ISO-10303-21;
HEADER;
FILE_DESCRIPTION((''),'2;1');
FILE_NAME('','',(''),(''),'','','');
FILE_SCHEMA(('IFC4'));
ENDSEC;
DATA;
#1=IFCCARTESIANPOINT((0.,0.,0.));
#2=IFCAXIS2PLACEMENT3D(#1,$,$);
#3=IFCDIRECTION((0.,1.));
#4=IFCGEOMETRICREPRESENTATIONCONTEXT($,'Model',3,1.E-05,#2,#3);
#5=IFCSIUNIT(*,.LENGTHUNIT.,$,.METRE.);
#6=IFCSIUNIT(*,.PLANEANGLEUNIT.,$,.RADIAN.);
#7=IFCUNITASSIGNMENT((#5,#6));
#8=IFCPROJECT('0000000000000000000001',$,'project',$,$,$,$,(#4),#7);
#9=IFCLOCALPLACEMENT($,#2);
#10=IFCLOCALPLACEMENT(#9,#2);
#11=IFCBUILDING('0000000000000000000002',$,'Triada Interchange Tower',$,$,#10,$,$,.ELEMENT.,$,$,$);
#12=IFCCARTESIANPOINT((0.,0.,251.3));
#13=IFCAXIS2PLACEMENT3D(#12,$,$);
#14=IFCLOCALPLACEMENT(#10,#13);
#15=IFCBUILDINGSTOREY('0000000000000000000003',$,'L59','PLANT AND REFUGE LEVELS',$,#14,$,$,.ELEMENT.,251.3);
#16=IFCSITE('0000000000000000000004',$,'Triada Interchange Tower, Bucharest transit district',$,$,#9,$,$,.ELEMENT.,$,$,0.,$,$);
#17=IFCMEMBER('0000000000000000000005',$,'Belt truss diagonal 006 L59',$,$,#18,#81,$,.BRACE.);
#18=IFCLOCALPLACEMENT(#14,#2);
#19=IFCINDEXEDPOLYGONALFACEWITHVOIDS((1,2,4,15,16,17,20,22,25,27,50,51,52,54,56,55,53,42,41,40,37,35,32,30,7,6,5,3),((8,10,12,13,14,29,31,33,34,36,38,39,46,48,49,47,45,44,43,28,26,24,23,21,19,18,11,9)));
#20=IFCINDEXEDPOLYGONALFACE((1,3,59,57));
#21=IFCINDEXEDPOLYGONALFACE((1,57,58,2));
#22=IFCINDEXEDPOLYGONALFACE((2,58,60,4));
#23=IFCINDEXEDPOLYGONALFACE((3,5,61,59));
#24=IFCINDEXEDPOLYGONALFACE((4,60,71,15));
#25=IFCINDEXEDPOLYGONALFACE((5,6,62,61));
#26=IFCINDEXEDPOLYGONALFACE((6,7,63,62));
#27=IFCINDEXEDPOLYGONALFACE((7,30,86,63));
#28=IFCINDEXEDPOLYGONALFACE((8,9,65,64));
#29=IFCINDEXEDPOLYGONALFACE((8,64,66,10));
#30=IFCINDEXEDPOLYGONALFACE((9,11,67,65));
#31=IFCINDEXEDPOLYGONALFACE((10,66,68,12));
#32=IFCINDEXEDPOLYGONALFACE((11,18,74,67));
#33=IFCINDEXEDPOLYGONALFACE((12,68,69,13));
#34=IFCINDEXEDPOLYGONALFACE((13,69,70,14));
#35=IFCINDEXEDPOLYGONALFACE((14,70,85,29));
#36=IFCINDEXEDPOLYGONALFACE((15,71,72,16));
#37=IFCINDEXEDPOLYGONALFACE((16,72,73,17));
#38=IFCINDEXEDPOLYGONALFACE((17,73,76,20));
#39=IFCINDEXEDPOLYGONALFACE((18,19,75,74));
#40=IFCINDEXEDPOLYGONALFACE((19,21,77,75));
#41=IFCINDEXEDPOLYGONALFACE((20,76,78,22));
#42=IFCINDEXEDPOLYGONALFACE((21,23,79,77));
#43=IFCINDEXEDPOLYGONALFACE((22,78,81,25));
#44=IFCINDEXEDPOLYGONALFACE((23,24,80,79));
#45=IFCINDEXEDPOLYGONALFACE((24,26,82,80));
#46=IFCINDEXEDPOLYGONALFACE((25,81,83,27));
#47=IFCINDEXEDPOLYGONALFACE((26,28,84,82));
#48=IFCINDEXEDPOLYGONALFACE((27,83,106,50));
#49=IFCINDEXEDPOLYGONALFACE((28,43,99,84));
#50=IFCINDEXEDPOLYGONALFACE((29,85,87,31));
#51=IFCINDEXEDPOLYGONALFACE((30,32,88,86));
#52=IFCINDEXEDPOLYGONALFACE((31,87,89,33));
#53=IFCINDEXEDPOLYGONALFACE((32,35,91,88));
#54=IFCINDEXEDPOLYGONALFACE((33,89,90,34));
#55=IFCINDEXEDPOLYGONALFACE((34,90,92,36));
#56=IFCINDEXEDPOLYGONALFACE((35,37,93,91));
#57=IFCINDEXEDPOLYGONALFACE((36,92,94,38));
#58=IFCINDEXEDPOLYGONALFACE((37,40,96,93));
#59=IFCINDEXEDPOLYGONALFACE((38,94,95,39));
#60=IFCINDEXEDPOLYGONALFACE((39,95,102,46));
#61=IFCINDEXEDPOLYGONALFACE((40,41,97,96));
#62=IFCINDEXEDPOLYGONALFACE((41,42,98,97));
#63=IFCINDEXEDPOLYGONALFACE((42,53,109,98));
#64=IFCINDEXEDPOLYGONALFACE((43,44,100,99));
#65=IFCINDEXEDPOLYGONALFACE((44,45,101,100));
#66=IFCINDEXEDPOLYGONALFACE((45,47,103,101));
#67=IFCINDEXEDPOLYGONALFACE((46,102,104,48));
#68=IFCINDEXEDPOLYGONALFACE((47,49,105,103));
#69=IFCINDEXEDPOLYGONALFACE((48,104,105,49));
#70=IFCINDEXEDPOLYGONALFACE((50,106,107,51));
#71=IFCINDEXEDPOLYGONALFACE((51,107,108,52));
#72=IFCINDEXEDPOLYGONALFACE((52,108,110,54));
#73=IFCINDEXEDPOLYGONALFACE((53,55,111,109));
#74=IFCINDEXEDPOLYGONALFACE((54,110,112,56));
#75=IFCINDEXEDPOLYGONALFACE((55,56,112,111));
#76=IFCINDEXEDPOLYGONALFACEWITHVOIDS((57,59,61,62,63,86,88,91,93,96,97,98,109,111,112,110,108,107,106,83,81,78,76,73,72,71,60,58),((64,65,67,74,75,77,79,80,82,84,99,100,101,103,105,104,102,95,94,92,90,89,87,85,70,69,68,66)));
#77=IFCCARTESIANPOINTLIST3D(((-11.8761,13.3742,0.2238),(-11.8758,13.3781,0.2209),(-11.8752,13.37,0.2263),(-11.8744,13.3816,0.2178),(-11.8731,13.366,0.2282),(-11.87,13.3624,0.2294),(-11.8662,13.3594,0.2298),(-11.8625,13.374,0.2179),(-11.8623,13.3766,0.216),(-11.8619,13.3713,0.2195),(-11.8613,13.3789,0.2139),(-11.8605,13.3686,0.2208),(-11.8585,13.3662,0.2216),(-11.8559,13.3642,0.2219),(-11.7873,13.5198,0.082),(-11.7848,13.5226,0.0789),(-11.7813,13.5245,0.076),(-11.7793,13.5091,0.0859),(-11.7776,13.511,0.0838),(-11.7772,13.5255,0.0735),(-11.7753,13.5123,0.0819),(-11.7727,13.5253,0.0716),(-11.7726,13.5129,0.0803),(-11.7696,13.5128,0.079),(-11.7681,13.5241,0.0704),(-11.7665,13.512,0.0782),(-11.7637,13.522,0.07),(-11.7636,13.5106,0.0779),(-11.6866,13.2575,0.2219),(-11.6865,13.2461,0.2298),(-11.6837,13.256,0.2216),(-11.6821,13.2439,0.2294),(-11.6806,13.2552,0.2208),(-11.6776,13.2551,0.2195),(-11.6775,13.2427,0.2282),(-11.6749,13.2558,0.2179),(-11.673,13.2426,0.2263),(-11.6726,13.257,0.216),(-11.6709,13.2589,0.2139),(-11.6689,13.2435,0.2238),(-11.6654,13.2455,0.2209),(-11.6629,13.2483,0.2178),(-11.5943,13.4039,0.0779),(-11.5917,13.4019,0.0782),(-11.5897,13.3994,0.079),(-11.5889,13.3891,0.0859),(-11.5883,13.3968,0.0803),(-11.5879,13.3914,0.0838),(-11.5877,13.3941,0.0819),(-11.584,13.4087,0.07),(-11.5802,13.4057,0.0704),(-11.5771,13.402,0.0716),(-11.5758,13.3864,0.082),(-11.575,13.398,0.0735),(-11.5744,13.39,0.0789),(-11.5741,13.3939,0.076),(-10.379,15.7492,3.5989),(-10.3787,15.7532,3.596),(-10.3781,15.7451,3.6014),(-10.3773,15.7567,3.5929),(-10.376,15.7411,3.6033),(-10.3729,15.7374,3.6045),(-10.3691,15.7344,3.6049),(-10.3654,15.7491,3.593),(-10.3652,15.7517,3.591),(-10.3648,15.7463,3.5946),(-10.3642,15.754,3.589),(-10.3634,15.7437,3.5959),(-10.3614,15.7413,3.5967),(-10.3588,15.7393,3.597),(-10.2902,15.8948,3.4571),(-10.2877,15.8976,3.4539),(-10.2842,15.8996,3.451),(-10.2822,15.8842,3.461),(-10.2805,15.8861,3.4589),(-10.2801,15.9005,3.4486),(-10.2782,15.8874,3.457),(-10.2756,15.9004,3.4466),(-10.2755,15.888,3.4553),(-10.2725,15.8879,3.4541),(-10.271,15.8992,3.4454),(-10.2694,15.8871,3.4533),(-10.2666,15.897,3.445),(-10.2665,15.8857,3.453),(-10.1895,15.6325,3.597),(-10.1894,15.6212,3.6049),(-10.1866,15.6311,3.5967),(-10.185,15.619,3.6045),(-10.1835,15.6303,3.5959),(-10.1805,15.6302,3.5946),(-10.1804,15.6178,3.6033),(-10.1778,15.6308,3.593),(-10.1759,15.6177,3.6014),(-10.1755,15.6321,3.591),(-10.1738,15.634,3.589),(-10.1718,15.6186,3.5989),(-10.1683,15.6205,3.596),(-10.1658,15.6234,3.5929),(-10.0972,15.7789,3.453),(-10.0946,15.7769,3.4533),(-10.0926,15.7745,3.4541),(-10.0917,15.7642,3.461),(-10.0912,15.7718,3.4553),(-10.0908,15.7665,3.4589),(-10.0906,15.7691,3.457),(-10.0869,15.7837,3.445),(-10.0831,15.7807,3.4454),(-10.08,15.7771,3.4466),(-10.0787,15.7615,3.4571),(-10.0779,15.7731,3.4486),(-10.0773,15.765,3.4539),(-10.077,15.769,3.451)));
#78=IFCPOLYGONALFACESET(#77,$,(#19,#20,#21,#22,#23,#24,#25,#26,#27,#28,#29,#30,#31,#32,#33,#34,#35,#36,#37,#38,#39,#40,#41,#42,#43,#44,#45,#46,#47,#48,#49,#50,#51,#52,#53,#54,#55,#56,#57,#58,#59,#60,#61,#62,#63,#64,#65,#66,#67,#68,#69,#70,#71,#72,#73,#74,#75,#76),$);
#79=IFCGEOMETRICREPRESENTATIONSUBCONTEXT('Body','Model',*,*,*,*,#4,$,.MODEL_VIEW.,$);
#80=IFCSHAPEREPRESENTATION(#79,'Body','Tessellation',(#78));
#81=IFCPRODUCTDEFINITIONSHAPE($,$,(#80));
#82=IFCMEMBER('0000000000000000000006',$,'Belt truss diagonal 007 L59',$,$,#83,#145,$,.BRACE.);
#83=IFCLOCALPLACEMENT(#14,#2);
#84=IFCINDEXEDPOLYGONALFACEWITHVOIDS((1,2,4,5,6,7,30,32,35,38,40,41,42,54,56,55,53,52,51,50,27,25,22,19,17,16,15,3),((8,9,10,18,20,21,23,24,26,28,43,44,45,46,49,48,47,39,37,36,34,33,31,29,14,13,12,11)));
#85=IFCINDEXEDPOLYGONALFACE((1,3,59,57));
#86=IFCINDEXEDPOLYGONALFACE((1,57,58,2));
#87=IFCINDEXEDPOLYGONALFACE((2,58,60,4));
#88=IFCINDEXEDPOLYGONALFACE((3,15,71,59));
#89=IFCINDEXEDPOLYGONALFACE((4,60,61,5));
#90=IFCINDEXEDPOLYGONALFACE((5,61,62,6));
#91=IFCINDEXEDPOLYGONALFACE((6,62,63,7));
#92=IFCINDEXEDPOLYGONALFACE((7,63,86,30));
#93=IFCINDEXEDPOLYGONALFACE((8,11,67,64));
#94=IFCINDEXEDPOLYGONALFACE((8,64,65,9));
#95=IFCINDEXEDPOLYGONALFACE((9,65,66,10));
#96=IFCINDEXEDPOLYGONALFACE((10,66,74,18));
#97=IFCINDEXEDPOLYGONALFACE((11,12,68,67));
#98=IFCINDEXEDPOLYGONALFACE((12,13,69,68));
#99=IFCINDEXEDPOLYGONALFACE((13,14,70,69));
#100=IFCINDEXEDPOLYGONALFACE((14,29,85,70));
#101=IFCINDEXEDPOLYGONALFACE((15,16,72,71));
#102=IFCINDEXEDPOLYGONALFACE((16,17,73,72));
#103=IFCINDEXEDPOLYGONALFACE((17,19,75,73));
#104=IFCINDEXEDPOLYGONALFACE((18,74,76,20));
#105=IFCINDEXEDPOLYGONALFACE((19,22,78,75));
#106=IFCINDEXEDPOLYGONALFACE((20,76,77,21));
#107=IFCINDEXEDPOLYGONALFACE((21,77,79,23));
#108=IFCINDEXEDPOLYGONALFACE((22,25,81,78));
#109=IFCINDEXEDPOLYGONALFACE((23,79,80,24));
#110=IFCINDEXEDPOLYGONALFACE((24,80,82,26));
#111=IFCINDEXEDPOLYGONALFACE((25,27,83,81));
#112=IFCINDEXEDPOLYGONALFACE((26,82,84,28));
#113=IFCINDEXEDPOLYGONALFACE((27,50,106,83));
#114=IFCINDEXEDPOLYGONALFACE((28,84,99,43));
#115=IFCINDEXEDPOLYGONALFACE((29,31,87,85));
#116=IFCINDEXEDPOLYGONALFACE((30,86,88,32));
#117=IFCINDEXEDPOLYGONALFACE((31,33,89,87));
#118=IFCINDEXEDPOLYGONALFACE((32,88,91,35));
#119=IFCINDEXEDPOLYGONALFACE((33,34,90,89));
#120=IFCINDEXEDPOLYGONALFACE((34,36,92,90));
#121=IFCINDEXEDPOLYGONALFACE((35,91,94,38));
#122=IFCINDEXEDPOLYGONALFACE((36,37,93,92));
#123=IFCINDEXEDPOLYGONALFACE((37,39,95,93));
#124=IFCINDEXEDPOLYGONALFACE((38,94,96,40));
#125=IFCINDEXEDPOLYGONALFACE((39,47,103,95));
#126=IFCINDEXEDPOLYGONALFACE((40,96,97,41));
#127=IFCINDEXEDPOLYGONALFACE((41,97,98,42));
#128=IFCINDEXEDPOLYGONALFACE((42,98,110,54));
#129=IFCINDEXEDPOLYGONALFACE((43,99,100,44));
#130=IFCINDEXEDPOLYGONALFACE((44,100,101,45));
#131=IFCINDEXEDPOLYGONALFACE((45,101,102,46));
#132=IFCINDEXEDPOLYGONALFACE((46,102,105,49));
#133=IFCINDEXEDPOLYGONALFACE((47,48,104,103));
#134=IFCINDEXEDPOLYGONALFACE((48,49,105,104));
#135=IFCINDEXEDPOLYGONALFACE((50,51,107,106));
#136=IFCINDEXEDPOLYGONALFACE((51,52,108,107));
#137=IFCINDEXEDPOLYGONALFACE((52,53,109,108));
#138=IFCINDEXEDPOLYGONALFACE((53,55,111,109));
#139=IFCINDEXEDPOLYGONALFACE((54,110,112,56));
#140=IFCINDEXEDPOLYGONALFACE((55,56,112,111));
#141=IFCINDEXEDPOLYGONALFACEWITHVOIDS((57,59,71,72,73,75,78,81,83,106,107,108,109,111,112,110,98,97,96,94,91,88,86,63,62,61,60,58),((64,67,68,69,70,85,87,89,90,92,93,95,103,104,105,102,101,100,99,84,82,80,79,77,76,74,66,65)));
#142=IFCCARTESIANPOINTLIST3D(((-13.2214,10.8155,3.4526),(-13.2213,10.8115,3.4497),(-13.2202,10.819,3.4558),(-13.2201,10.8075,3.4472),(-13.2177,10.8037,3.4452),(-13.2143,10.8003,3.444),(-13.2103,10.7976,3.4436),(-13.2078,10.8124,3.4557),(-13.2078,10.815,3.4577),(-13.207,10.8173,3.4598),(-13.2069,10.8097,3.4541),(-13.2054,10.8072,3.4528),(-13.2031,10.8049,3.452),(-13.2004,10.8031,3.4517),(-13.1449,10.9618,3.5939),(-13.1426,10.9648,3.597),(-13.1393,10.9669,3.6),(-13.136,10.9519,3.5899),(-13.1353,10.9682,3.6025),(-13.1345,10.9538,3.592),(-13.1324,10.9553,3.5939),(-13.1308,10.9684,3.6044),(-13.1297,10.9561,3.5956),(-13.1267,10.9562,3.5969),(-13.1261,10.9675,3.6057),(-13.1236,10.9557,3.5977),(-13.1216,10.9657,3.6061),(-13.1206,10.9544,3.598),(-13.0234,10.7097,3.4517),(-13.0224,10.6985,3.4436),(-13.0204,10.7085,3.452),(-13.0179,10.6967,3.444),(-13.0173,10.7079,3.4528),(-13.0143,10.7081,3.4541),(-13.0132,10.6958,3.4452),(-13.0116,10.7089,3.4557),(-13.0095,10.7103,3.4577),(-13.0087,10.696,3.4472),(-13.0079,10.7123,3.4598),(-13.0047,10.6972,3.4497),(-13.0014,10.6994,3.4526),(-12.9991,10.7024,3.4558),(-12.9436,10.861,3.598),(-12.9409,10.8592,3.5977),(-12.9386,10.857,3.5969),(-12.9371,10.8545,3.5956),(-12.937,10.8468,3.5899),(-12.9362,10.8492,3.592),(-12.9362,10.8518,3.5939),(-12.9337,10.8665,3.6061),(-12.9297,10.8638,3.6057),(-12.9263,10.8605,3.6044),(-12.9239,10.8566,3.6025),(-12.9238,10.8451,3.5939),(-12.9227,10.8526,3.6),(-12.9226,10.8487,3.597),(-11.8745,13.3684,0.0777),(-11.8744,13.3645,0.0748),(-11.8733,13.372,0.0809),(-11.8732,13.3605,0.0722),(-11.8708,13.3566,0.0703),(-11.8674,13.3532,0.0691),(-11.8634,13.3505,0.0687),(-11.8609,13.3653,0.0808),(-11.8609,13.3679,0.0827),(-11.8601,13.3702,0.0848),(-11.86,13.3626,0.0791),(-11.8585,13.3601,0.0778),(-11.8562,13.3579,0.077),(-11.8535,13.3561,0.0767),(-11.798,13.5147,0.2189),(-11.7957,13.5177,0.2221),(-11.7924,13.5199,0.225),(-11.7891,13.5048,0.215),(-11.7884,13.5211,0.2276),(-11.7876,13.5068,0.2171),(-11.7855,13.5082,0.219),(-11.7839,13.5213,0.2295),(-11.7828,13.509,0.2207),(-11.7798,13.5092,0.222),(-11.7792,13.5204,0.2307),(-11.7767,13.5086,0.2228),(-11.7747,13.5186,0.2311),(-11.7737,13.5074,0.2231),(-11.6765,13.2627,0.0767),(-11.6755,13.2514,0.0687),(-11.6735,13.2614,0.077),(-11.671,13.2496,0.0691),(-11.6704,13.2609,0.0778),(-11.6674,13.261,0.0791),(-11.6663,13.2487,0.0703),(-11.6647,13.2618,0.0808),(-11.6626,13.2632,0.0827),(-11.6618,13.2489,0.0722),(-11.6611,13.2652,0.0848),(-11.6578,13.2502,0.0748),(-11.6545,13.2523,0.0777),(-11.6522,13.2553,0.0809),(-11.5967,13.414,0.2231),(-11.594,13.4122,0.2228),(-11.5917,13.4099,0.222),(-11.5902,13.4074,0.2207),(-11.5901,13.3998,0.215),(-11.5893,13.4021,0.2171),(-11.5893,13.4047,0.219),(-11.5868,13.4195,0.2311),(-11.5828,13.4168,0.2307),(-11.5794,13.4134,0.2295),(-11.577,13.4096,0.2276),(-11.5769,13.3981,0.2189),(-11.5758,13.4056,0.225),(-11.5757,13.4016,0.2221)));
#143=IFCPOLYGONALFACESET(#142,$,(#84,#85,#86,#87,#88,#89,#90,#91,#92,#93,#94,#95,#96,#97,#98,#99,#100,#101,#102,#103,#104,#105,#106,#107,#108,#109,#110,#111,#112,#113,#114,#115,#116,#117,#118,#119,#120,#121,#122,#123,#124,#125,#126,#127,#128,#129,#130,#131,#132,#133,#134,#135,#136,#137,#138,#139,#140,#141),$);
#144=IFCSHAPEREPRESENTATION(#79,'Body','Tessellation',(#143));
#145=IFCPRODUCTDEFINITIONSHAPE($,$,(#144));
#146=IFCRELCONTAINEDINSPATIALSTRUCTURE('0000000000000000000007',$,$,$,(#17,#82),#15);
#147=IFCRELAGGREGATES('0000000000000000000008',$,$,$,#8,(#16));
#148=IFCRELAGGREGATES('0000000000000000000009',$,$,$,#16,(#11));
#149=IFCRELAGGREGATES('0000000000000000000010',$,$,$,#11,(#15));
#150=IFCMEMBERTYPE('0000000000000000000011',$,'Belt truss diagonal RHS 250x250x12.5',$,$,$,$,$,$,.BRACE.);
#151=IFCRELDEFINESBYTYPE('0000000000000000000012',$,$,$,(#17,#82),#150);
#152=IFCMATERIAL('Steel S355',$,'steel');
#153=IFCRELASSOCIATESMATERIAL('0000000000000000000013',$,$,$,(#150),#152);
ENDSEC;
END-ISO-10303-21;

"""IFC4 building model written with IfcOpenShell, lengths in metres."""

from ifc_helpers import new_model, si_unit, direction, frame, origin, origin_2d, place, context, subcontext, project, spatial, hollow_rectangle, extrude, material, material_profile, profile_set, type_object, element, save


model = new_model("IFC4")

# Units and contexts
model_context = context("Model", 3, precision=1e-05, world=origin(), true_north=direction((0.0, 1.0)))
body_context = subcontext(model_context, "Body", "Model", "MODEL_VIEW")
ifc_project = project(units=[si_unit("LENGTHUNIT", "METRE"), si_unit("PLANEANGLEUNIT", "RADIAN")], contexts=[model_context])

# Site, building, storey
site_placement = place(None, origin())
site = spatial("IfcSite", under=ifc_project, at=site_placement, Name="Triada Interchange Tower, Bucharest transit district", CompositionType="ELEMENT", RefElevation=0.0)
building_placement = place(site_placement, origin())
building = spatial("IfcBuilding", under=site, at=building_placement, Name="Triada Interchange Tower", CompositionType="ELEMENT")
storey_placement = place(building_placement, frame((0.0, 0.0, 251.3)))
storey = spatial("IfcBuildingStorey", under=building, at=storey_placement, Name="L59", Description="PLANT AND REFUGE LEVELS", CompositionType="ELEMENT", Elevation=251.3)

# Members
ifc_material_1 = material(Name="Steel S355", Category="steel")
ifc_material_profile_1 = material_profile(ifc_material_1, hollow_rectangle(XDim=0.25, YDim=0.25, WallThickness=0.0125, InnerFilletRadius=0.0125, OuterFilletRadius=0.0188, at=origin_2d()), Name="RHS 250x250x12.5")
ifc_profile_set_1 = profile_set([ifc_material_profile_1], Name="Steel S355")
member_type = type_object("IfcMemberType", Name="Belt truss diagonal RHS 250x250x12.5", PredefinedType="BRACE", material=ifc_profile_set_1)
member_1_placement = place(storey_placement, frame((-11.7251, 13.384, 0.1499), z_axis=(0.341015, 0.540997, 0.768785), x_axis=(-0.84596, 0.533247, 0.0)))
element("IfcMember", 1, at=member_1_placement, inside=storey, type_object=member_type, Name="Belt truss diagonal 006 L59", PredefinedType="BRACE", context=body_context, shape_type="SweptSolid", body=[
    extrude(hollow_rectangle(XDim=0.25, YDim=0.25, WallThickness=0.0125, InnerFilletRadius=0.0125, OuterFilletRadius=0.0188, at=origin_2d()), origin(), (0.0, 0.0, 1.0), 4.3901),
])
member_2_placement = place(storey_placement, frame((-11.7251, 13.385, 0.1499), z_axis=(-0.303293, -0.574865, 0.759963), x_axis=(0.884454, -0.466628, 0.0)))
element("IfcMember", 2, at=member_2_placement, inside=storey, type_object=member_type, Name="Belt truss diagonal 007 L59", PredefinedType="BRACE", context=body_context, shape_type="SweptSolid", body=[
    extrude(hollow_rectangle(XDim=0.25, YDim=0.25, WallThickness=0.0125, InnerFilletRadius=0.0125, OuterFilletRadius=0.0188, at=origin_2d()), origin(), (0.0, 0.0, 1.0), 4.4409),
])

save(model, "model.ifc")
